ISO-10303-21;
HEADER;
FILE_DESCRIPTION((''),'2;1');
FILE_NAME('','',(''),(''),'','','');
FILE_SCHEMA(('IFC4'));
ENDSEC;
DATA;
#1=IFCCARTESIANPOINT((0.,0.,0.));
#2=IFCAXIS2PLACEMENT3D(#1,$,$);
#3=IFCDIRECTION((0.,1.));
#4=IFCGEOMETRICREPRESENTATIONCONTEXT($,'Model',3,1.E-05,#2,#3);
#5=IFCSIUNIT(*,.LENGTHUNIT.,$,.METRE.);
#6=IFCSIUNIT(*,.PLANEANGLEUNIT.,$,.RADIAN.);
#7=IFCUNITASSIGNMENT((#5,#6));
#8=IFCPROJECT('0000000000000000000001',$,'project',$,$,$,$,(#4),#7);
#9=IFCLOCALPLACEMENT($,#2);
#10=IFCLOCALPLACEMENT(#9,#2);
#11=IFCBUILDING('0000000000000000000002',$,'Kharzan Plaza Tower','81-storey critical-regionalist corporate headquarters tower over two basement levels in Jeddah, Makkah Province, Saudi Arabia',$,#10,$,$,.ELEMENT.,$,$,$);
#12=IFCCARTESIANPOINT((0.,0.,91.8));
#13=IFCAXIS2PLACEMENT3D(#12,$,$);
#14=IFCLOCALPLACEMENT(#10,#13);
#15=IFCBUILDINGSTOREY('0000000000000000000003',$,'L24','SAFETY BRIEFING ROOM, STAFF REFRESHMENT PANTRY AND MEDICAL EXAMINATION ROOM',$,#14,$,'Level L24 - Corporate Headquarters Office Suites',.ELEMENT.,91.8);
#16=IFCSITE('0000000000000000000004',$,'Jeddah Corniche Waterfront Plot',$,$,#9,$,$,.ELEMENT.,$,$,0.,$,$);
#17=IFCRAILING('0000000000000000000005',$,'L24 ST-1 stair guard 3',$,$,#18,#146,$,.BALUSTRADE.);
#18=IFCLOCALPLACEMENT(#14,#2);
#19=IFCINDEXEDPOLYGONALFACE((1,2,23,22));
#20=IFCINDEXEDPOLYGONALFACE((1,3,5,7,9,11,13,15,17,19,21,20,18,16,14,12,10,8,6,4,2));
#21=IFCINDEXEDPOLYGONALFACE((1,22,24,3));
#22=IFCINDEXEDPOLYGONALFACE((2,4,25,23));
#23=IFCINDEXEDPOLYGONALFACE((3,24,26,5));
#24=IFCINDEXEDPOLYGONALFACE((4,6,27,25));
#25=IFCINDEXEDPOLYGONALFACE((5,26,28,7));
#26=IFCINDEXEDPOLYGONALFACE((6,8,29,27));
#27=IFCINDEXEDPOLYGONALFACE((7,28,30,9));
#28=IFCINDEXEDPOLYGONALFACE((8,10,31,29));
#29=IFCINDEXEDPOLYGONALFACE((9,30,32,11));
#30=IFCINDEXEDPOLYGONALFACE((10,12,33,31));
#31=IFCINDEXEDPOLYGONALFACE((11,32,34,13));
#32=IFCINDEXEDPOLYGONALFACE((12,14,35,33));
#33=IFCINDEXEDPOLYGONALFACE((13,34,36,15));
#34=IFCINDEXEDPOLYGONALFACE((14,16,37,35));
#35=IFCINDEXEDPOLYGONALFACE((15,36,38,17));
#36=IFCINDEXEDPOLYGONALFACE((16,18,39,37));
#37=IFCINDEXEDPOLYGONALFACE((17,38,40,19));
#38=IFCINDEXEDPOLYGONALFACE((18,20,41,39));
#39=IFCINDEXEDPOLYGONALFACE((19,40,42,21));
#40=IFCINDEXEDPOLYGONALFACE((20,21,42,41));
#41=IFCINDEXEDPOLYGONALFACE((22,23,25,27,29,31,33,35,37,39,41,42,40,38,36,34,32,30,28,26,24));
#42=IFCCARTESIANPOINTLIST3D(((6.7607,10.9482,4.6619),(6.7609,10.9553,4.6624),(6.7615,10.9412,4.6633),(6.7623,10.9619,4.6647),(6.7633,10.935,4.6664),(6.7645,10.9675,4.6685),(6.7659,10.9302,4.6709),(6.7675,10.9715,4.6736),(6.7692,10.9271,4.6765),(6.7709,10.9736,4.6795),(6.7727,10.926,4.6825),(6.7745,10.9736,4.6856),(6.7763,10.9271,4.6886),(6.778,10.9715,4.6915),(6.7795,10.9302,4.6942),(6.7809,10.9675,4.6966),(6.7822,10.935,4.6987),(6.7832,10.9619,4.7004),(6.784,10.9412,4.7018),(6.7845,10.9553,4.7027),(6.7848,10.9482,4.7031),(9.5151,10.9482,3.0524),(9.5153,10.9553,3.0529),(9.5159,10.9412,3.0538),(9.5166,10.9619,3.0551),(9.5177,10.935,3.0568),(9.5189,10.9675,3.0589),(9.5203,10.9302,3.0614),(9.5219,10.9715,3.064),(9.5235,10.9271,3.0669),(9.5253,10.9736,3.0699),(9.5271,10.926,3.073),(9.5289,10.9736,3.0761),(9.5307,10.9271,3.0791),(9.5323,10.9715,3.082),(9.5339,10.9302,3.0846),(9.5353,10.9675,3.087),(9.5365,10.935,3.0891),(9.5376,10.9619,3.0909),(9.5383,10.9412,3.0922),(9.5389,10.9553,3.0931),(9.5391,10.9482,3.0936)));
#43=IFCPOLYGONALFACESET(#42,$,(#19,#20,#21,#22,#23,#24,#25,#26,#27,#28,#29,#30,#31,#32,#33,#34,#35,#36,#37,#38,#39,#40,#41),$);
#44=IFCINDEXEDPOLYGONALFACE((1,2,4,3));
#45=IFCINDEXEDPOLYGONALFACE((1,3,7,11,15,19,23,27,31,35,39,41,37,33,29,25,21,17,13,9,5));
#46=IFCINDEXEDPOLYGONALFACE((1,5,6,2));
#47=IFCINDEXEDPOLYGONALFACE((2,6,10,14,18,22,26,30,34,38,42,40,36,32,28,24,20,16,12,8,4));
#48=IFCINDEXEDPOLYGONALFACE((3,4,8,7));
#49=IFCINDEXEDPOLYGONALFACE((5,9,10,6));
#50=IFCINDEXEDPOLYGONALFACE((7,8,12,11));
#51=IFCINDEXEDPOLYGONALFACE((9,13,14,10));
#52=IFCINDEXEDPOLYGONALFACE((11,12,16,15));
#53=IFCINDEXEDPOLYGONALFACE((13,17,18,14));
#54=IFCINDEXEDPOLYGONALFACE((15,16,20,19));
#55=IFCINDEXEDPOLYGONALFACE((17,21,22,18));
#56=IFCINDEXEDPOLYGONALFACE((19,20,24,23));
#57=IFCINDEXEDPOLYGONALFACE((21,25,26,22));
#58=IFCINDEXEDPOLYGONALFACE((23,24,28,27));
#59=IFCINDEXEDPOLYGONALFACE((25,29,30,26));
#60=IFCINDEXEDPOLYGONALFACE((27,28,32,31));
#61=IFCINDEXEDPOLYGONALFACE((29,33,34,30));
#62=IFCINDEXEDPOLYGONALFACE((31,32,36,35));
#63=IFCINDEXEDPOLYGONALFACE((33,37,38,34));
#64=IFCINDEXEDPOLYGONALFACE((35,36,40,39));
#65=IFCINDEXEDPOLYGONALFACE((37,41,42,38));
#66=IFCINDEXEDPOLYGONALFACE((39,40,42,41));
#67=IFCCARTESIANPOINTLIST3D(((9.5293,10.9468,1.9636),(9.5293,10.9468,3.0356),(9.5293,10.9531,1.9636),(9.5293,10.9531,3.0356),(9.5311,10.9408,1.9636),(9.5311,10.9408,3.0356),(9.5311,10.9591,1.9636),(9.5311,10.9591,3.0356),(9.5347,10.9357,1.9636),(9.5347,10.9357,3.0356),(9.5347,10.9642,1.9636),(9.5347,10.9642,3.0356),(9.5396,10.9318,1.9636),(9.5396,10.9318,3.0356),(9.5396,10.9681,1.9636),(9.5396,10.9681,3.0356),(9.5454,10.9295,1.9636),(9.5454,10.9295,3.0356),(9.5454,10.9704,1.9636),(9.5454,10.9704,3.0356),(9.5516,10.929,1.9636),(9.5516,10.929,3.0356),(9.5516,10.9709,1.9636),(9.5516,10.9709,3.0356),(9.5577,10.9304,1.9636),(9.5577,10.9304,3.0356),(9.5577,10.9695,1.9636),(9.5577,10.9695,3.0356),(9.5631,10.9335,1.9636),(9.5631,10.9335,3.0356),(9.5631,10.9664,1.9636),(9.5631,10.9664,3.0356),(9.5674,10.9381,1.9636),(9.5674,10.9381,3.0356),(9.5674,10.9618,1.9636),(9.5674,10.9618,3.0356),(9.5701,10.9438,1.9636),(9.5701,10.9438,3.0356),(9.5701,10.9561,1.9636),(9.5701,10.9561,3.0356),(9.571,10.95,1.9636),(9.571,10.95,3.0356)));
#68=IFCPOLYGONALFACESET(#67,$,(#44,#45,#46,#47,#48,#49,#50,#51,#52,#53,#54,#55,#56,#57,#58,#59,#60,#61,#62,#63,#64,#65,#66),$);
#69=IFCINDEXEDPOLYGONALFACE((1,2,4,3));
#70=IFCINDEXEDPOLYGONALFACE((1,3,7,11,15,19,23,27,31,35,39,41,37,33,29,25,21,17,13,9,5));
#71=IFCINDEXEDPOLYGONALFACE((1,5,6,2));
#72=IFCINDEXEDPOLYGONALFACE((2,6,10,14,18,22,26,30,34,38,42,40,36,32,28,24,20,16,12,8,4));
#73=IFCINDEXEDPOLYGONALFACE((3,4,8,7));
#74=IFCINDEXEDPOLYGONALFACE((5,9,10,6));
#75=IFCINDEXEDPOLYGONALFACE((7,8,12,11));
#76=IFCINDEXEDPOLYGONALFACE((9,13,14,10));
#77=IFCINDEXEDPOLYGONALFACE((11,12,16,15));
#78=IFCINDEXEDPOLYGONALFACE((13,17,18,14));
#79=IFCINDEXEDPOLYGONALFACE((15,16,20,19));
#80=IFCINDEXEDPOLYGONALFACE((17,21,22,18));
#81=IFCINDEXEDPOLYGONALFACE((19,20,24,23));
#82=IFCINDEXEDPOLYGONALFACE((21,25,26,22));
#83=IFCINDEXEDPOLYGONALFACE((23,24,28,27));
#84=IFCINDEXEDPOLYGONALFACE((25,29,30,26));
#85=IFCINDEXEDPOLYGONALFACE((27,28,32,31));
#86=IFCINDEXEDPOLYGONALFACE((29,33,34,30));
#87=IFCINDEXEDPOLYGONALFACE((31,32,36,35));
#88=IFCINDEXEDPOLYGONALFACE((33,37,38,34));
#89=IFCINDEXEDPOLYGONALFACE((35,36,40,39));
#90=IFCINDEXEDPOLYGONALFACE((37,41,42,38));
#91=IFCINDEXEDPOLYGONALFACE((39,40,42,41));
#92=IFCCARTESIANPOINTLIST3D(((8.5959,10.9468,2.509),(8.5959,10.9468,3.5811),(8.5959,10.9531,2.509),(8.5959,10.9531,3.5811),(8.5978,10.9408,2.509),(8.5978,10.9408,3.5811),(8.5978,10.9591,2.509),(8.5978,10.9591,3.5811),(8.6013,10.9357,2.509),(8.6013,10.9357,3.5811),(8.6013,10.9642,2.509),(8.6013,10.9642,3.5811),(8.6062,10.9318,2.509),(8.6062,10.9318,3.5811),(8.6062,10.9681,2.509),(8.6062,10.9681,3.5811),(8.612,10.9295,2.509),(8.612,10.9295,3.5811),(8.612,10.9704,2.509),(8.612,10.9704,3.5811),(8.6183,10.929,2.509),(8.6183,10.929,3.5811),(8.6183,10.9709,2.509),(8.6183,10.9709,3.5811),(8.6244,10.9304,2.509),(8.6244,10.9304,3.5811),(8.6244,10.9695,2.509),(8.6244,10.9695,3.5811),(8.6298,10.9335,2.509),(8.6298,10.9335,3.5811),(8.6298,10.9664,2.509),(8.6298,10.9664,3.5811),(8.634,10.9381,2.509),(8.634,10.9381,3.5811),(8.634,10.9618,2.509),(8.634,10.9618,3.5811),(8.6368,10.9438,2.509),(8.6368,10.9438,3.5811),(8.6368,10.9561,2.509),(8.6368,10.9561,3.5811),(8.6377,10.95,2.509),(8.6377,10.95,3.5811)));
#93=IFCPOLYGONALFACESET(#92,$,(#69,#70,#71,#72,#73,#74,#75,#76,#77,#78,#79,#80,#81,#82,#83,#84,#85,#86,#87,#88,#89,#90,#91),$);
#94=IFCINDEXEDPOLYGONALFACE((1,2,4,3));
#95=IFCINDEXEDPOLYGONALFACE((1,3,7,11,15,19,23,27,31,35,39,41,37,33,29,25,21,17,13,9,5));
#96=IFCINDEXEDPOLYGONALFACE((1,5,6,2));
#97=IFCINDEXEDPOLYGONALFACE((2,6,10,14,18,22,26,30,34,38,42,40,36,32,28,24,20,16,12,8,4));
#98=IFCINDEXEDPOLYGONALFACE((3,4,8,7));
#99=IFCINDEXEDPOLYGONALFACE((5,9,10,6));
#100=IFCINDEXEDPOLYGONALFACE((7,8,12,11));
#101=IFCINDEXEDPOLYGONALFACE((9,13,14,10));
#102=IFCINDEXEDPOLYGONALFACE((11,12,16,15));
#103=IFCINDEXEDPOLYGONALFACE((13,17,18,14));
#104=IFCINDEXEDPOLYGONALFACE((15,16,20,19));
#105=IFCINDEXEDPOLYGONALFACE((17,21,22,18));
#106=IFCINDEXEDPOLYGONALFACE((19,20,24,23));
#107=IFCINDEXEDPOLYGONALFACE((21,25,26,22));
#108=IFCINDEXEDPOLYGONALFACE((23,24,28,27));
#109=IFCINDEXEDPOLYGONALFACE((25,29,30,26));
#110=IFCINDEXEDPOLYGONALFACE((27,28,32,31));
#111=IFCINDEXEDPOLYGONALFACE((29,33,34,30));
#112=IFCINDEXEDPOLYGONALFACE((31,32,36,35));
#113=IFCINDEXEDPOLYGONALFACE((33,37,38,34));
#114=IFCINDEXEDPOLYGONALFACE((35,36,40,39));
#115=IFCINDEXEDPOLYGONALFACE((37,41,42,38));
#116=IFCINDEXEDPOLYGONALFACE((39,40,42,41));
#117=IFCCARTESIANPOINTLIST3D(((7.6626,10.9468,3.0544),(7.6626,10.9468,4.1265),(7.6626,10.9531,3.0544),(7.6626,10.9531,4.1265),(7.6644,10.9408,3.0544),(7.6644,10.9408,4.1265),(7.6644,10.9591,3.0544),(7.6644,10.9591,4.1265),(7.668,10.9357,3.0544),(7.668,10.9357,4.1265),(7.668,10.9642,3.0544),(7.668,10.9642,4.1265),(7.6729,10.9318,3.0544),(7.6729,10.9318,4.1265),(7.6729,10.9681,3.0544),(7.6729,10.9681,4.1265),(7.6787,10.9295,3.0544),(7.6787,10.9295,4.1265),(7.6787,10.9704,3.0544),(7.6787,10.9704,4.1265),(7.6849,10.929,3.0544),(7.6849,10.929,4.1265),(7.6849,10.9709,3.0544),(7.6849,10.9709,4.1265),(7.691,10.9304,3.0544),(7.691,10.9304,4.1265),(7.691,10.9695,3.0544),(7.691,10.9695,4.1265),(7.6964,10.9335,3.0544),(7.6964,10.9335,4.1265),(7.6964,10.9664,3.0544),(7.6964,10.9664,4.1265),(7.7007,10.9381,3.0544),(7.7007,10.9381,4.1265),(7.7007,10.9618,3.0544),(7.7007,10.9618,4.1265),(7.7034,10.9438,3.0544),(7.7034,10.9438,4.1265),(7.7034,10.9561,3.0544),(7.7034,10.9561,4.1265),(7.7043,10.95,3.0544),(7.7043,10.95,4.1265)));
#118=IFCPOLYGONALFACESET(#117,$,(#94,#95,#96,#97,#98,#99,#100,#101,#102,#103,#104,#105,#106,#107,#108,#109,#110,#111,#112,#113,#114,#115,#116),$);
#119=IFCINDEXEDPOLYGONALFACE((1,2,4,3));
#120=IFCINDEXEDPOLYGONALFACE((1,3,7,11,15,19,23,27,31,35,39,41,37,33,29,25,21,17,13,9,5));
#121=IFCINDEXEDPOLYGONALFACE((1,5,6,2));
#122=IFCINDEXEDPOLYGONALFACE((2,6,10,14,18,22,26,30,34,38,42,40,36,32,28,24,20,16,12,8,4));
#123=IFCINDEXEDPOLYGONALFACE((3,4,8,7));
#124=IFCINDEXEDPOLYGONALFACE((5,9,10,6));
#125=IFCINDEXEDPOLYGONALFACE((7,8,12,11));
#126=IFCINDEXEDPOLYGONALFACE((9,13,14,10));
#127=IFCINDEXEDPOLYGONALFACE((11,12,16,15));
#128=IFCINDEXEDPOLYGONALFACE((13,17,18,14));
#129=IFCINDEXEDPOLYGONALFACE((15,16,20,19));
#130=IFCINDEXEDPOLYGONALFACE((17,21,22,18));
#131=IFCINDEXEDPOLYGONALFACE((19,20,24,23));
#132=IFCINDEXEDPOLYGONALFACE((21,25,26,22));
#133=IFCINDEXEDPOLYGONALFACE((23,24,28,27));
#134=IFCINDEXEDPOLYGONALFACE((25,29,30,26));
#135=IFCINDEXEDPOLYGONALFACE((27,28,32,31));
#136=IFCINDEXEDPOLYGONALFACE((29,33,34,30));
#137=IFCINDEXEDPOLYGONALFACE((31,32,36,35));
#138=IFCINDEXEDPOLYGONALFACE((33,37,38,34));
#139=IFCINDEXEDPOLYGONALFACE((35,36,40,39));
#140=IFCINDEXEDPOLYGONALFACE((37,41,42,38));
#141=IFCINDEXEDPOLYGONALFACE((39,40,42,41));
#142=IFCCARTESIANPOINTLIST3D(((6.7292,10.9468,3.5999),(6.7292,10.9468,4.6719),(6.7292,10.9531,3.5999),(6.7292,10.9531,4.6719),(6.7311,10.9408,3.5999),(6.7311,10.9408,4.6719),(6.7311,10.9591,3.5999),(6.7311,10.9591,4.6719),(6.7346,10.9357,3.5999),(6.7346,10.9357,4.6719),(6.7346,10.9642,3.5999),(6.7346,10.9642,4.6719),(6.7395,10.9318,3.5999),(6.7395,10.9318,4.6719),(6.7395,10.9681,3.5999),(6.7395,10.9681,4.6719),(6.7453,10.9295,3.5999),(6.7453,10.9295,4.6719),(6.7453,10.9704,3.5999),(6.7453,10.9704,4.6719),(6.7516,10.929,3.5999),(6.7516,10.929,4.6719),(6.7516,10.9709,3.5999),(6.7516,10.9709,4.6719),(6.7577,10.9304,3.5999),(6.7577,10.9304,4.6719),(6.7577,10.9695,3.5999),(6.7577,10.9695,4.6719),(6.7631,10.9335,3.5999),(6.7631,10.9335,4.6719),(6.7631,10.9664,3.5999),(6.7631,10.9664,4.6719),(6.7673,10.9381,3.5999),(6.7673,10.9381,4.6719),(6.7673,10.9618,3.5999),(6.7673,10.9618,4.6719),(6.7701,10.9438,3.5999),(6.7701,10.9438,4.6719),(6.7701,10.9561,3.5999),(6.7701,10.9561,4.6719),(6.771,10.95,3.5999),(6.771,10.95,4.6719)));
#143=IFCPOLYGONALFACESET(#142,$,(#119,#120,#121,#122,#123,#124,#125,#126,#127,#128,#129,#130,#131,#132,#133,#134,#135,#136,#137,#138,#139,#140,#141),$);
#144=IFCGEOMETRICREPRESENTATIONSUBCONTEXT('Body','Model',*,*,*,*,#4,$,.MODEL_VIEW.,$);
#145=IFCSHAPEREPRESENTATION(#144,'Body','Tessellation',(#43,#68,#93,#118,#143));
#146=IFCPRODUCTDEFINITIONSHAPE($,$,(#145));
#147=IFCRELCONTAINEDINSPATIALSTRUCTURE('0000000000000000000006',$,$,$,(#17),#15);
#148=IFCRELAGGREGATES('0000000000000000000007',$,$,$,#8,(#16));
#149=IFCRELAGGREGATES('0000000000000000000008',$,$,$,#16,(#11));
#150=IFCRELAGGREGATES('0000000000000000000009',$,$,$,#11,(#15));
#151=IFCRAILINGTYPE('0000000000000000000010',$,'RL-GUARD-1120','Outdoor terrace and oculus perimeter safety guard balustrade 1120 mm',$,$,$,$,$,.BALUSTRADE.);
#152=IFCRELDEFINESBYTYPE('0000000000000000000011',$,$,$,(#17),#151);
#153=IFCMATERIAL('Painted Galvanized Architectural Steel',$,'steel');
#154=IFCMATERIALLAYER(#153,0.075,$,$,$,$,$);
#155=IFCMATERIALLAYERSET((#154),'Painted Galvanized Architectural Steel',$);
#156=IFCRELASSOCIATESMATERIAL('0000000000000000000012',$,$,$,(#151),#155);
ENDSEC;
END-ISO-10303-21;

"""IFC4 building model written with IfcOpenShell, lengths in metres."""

from ifc_helpers import new_model, si_unit, direction, frame, origin, origin_2d, place, context, subcontext, project, spatial, circle, extrude, source, transform, mapped, material, layer, layer_set, type_object, element, save


model = new_model("IFC4")

# Units and contexts
model_context = context("Model", 3, precision=1e-05, world=origin(), true_north=direction((0.0, 1.0)))
body_context = subcontext(model_context, "Body", "Model", "MODEL_VIEW")
ifc_project = project(units=[si_unit("LENGTHUNIT", "METRE"), si_unit("PLANEANGLEUNIT", "RADIAN")], contexts=[model_context])

# Site, building, storey
site_placement = place(None, origin())
site = spatial("IfcSite", under=ifc_project, at=site_placement, Name="Jeddah Corniche Waterfront Plot", CompositionType="ELEMENT", RefElevation=0.0)
building_placement = place(site_placement, origin())
building = spatial("IfcBuilding", under=site, at=building_placement, Name="Kharzan Plaza Tower", Description="81-storey critical-regionalist corporate headquarters tower over two basement levels in Jeddah, Makkah Province, Saudi Arabia", CompositionType="ELEMENT")
storey_placement = place(building_placement, frame((0.0, 0.0, 91.8)))
storey = spatial("IfcBuildingStorey", under=building, at=storey_placement, Name="L24", Description="SAFETY BRIEFING ROOM, STAFF REFRESHMENT PANTRY AND MEDICAL EXAMINATION ROOM", LongName="Level L24 - Corporate Headquarters Office Suites", CompositionType="ELEMENT", Elevation=91.8)

# Railing
ifc_material_1 = material(Name="Painted Galvanized Architectural Steel", Category="steel")
ifc_layer_1 = layer(ifc_material_1, 0.075)
ifc_layer_set_1 = layer_set([ifc_layer_1], Name="Painted Galvanized Architectural Steel")
railing_type_1 = type_object("IfcRailingType", Name="RL-GUARD-1120", Description="Outdoor terrace and oculus perimeter safety guard balustrade 1120 mm", PredefinedType="BALUSTRADE", material=ifc_layer_set_1)
shared_shape_1 = source(origin(), body_context, "Body", "SweptSolid", [
    extrude(circle(Radius=0.0239, at=origin_2d()), frame((-0.0229, 0.0, 1.1094), z_axis=(-0.863394, 0.0, 0.504531), x_axis=(0.0, -1.0, 0.0)), (0.0, 0.0, 1.0), 3.1902),
    extrude(circle(Radius=0.021, at=origin_2d()), origin(), (0.0, 0.0, 1.0), 1.072),
    extrude(circle(Radius=0.021, at=origin_2d()), frame((-0.9333, 0.0, 0.5454)), (0.0, 0.0, 1.0), 1.072),
    extrude(circle(Radius=0.021, at=origin_2d()), frame((-1.8667, 0.0, 1.0908)), (0.0, 0.0, 1.0), 1.072),
    extrude(circle(Radius=0.021, at=origin_2d()), frame((-2.8, 0.0, 1.6362)), (0.0, 0.0, 1.0), 1.072),
])
railing_1_placement = place(storey_placement, frame((9.55, 10.95, 1.9636)))
element("IfcRailing", 1, at=railing_1_placement, inside=storey, type_object=railing_type_1, Name="L24 ST-1 stair guard 3", PredefinedType="BALUSTRADE", context=body_context, shape_type="MappedRepresentation", body=[
    mapped(shared_shape_1, transform((0.0, 0.0, 0.0), x_axis=(1.0, 0.0, 0.0), y_axis=(0.0, 1.0, 0.0), z_axis=(0.0, 0.0, 1.0))),
])

save(model, "model.ifc")
